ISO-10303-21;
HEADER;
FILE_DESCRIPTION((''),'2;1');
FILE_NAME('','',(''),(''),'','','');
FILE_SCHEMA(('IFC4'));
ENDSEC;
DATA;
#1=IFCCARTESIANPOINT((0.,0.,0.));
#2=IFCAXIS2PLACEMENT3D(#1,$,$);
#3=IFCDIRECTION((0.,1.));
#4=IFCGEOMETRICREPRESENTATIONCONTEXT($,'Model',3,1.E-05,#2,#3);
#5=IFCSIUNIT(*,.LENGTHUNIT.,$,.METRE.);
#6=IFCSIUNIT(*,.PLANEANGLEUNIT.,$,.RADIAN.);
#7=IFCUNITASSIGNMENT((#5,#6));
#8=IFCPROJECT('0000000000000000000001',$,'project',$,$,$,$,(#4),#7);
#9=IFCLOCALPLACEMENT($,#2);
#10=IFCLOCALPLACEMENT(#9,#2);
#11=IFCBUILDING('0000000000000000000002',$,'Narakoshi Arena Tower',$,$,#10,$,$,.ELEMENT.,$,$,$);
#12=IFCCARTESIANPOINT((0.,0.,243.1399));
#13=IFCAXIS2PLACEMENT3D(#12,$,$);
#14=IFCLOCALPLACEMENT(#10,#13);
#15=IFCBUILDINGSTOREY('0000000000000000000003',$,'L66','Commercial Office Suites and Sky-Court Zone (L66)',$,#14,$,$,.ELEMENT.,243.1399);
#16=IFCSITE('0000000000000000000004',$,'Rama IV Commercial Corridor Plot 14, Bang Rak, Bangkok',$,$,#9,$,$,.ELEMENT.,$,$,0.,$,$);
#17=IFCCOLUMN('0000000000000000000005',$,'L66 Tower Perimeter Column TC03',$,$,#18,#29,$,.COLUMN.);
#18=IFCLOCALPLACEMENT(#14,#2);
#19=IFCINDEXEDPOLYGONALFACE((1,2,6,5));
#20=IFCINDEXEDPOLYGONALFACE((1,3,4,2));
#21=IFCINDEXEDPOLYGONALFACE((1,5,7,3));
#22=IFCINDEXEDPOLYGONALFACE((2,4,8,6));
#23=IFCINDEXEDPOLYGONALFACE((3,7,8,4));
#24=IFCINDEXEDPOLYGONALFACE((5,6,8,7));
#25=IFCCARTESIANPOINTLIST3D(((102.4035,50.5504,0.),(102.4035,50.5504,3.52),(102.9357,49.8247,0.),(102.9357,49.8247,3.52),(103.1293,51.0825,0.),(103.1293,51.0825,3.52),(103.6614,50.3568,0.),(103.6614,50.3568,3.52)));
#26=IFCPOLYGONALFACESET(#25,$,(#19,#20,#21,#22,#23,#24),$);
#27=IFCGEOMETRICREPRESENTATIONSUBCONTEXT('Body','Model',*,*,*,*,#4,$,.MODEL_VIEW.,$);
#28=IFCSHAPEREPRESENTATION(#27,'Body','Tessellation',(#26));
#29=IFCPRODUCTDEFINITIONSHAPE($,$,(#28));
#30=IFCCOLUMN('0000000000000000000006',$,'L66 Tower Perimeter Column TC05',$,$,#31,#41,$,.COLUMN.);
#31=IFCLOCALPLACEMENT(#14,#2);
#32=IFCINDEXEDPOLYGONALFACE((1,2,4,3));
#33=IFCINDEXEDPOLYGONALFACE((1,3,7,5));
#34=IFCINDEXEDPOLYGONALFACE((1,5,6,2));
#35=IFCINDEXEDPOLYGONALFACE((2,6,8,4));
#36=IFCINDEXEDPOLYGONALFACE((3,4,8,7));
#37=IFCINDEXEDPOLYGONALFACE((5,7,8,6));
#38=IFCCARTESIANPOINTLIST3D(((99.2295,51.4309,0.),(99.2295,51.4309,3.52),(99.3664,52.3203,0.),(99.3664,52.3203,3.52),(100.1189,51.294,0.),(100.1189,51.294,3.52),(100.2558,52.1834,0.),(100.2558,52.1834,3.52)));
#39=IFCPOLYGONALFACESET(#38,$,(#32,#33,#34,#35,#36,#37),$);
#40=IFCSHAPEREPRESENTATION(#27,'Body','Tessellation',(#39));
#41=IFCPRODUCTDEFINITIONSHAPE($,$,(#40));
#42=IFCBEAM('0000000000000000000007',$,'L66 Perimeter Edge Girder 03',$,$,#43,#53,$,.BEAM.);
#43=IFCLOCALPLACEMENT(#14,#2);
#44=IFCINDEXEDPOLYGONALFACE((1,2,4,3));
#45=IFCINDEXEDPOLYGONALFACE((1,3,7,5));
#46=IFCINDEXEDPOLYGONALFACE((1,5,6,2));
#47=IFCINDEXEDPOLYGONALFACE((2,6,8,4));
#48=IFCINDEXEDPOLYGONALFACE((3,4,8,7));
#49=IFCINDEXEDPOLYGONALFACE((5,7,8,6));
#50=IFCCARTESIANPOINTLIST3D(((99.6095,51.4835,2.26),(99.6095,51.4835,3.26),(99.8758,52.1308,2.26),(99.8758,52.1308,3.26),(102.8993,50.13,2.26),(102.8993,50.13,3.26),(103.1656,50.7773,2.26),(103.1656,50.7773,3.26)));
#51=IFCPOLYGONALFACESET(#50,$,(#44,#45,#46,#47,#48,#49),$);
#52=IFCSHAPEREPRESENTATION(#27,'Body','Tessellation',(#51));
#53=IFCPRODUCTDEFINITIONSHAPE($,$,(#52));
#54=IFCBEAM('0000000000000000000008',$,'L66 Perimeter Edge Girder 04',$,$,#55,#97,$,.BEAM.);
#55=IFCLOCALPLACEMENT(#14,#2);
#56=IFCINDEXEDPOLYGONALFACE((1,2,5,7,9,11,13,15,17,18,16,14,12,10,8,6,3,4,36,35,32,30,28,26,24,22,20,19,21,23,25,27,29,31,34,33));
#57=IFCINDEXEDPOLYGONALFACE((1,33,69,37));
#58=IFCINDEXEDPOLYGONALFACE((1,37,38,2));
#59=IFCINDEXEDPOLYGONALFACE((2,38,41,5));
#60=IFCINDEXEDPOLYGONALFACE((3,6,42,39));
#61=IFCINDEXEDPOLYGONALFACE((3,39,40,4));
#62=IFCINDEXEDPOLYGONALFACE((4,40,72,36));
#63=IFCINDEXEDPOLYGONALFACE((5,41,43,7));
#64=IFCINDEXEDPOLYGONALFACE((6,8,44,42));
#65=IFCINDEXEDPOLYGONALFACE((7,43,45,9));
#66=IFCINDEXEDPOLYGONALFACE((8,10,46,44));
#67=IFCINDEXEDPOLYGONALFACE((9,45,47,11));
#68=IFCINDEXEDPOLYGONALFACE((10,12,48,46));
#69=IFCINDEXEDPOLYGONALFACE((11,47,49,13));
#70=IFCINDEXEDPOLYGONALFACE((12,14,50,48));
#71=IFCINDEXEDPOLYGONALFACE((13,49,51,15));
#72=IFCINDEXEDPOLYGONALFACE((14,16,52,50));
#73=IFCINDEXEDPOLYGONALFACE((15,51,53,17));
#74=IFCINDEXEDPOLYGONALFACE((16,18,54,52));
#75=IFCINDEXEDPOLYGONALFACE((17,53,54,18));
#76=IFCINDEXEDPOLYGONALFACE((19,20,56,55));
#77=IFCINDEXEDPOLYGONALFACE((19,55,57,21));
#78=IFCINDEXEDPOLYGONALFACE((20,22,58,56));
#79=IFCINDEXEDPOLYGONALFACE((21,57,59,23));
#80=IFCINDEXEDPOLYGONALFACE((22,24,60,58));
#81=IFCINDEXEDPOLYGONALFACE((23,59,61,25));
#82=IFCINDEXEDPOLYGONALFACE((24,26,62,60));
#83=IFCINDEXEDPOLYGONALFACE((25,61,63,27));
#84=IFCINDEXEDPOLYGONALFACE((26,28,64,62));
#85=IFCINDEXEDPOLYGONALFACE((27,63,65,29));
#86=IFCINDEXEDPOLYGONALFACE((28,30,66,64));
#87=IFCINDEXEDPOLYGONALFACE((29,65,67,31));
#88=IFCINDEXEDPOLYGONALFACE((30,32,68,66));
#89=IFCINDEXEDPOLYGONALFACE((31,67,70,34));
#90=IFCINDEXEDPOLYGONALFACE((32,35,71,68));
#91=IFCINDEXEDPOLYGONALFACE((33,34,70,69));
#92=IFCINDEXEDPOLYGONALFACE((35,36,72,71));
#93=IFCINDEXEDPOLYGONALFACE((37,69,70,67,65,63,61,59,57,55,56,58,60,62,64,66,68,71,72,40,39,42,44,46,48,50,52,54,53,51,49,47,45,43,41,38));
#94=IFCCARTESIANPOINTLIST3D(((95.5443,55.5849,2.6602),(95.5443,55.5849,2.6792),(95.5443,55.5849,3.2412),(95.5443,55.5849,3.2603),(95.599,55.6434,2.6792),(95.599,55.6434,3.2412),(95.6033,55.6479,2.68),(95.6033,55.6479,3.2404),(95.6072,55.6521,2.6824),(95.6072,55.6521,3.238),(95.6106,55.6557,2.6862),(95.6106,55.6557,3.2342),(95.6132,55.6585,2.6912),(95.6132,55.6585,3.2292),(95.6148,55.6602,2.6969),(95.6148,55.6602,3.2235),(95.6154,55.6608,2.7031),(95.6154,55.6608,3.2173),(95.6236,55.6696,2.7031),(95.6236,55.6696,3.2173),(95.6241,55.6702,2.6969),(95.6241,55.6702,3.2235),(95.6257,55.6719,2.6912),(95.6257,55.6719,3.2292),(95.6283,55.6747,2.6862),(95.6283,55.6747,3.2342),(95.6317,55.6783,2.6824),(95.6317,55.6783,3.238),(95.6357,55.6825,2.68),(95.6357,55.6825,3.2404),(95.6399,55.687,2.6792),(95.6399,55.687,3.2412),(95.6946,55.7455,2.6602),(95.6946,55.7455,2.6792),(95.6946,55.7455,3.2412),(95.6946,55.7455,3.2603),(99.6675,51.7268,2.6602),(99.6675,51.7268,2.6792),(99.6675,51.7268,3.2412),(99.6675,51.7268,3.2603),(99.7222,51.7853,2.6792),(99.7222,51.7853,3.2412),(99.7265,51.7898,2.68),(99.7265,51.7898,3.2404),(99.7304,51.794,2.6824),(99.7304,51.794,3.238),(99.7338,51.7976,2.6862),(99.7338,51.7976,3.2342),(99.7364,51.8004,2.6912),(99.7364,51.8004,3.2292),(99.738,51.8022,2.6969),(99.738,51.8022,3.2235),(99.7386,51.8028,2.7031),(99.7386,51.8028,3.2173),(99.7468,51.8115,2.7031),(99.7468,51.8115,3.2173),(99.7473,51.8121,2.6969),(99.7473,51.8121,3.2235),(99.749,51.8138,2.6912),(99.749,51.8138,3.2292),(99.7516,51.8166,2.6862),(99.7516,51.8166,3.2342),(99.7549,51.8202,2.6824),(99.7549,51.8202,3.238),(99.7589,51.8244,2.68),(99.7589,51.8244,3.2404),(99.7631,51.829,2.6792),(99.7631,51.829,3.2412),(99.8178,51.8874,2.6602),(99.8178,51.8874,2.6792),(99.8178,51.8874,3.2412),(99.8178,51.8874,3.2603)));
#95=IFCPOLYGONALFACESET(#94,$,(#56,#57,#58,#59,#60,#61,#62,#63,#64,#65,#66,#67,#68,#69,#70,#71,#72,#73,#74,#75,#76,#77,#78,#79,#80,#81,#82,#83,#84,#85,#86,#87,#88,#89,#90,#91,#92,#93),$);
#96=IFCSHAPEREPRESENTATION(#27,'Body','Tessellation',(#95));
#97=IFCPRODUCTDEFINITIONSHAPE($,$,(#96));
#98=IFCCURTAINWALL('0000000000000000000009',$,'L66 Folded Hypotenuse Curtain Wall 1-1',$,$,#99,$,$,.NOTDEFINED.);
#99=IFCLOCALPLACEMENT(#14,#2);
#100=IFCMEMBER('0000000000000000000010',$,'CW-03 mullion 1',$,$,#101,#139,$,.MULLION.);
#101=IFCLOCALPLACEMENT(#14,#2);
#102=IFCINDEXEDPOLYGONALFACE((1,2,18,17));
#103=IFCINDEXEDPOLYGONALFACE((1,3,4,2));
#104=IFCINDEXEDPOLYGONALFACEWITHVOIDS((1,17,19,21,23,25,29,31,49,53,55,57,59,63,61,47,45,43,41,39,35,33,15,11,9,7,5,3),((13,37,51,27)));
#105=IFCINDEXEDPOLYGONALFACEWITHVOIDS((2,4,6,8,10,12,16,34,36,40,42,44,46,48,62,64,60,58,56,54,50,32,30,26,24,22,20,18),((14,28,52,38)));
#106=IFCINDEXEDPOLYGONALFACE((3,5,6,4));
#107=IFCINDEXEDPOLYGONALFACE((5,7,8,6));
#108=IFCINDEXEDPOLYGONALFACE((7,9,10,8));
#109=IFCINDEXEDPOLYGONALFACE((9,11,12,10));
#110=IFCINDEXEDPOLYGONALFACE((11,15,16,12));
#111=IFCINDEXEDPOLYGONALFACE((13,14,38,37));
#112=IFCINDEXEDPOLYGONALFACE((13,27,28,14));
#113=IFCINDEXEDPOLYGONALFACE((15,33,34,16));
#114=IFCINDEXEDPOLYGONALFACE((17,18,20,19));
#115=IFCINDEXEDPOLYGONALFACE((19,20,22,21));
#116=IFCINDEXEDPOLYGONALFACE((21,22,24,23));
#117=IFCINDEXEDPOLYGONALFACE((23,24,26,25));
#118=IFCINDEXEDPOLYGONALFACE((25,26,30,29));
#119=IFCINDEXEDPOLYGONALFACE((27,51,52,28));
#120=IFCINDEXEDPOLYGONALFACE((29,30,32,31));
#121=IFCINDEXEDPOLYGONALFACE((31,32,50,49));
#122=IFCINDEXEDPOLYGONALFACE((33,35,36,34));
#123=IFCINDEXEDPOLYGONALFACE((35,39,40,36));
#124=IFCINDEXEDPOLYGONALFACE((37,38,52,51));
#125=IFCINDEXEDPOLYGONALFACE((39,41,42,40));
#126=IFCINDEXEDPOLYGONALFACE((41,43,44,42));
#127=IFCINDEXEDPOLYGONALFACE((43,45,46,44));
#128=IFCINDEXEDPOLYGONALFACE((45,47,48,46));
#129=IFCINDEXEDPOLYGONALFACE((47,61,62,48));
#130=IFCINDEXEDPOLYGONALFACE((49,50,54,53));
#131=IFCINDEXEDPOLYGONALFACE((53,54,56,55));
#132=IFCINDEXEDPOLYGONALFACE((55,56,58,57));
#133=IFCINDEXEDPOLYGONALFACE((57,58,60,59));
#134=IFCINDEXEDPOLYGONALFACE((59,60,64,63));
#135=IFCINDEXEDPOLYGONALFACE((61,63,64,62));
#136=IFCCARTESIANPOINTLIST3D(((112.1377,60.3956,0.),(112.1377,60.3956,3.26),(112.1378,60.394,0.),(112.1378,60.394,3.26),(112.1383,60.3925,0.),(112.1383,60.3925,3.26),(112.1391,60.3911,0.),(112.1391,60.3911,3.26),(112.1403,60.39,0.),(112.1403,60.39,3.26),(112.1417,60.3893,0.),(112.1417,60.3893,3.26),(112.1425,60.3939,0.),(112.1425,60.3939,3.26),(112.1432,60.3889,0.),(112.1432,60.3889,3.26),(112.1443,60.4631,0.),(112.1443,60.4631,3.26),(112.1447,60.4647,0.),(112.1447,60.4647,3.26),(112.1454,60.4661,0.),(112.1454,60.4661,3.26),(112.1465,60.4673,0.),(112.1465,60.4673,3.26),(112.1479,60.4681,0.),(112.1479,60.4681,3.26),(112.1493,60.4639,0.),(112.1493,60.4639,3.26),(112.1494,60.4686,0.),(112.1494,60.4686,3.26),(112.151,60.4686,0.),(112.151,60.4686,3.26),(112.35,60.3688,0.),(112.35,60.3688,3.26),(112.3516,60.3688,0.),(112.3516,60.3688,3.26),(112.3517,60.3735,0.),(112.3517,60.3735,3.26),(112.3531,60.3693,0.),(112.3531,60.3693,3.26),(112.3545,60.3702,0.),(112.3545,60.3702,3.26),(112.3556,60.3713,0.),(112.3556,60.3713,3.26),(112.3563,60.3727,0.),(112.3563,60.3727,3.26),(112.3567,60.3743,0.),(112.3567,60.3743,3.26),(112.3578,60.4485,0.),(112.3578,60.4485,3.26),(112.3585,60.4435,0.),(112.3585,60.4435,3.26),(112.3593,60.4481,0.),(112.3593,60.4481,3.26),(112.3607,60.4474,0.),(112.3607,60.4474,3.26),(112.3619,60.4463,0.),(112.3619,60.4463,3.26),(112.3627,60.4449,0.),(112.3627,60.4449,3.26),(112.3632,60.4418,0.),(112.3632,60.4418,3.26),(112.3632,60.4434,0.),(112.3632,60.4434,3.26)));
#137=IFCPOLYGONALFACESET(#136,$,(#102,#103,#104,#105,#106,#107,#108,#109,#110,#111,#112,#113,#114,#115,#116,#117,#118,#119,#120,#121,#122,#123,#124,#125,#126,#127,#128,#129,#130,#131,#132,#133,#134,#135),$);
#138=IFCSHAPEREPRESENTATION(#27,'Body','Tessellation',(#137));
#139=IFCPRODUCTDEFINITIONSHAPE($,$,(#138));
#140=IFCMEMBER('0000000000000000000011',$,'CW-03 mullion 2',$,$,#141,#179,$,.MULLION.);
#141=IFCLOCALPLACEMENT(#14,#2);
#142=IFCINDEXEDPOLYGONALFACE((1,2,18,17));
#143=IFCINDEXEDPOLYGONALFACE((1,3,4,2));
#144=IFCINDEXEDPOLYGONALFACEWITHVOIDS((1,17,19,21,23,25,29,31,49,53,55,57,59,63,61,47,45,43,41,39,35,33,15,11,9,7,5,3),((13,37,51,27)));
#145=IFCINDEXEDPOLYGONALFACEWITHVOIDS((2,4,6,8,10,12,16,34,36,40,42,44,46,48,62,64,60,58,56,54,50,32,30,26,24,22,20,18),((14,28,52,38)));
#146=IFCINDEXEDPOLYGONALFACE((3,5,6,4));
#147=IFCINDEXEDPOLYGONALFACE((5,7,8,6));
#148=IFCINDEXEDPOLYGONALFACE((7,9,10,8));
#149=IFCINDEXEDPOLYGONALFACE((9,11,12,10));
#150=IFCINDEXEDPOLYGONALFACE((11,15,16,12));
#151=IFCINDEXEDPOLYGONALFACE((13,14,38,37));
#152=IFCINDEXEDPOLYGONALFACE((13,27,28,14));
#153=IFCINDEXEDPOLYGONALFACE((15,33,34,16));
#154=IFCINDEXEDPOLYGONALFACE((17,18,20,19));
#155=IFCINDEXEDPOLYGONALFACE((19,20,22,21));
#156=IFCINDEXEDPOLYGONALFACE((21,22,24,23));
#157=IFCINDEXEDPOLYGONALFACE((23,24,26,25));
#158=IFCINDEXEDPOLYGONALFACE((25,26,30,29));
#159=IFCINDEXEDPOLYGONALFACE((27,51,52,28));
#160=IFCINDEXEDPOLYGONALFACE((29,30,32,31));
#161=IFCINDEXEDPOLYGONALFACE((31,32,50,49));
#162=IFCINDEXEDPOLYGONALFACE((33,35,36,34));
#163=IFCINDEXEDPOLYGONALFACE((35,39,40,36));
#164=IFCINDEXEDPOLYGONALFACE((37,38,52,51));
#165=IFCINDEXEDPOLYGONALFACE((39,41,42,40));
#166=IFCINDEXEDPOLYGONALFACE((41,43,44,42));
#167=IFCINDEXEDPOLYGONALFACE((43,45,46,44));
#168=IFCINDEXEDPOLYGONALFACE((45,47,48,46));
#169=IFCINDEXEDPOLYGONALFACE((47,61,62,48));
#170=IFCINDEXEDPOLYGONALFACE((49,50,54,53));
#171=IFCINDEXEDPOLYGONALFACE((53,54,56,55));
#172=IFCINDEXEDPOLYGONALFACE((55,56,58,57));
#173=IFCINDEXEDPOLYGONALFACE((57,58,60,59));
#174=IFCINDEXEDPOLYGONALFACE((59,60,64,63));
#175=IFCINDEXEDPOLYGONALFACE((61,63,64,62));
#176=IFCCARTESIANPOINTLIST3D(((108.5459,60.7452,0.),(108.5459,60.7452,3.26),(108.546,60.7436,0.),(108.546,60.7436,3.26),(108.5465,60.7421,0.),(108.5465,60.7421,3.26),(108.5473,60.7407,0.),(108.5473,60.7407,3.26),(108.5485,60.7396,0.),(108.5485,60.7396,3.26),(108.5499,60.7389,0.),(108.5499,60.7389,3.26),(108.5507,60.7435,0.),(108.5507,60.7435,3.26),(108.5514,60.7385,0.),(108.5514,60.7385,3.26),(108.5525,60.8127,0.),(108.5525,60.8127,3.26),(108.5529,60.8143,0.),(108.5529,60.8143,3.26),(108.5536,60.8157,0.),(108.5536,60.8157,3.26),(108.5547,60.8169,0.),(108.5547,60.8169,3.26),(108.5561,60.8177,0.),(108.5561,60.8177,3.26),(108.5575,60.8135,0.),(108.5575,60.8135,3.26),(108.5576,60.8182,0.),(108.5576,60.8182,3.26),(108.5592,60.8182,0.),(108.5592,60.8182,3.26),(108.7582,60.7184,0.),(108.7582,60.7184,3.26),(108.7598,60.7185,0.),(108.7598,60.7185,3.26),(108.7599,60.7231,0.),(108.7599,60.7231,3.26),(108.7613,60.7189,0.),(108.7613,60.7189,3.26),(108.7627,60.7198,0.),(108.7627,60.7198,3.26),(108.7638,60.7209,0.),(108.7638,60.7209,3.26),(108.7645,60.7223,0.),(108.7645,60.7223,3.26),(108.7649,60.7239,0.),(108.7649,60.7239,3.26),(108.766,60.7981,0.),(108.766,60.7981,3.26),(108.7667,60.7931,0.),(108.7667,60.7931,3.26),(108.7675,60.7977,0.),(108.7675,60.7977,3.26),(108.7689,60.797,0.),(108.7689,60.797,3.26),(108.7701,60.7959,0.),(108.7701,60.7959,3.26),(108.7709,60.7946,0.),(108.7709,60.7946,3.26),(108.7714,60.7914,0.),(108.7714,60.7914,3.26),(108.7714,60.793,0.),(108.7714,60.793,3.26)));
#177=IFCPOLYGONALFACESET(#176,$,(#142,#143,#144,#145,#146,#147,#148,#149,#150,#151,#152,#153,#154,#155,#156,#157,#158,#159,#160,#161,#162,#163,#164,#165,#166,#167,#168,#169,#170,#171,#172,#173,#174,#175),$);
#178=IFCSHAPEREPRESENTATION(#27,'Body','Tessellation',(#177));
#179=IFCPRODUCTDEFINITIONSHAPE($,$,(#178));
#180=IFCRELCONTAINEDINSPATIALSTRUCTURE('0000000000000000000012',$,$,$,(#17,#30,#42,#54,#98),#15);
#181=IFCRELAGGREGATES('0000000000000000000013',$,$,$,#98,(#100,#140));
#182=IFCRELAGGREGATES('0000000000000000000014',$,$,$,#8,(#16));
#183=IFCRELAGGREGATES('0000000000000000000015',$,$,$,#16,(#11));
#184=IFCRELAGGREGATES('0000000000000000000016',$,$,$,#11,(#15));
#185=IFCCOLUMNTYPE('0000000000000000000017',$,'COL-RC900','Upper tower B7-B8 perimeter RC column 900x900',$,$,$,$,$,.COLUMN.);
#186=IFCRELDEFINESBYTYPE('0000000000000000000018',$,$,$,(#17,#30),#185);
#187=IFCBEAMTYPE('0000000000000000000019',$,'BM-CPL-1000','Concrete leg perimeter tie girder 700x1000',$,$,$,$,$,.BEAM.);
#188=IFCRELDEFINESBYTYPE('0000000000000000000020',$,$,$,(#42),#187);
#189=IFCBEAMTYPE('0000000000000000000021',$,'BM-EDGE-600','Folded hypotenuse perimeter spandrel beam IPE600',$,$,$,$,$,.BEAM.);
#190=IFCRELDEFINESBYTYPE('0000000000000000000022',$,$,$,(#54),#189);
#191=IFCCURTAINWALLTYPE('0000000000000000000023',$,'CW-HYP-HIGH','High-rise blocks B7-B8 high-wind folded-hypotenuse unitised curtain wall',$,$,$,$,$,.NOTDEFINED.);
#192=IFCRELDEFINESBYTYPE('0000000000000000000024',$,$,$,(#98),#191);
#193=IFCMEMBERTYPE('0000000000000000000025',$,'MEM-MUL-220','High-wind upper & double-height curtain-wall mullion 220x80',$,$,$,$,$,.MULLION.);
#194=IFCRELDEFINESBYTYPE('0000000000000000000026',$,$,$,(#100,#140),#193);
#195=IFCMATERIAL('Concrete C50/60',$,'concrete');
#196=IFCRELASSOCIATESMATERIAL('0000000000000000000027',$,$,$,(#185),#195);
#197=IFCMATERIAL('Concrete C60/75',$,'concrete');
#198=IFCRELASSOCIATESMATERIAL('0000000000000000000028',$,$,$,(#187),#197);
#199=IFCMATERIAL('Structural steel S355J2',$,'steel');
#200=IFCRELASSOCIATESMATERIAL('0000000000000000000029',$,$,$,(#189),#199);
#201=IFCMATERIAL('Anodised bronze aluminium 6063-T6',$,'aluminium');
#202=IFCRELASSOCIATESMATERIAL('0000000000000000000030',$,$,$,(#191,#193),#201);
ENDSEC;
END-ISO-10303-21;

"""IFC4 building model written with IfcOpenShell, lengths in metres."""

from ifc_helpers import new_model, si_unit, direction, frame, origin, origin_2d, place, context, subcontext, project, spatial, rectangle, hollow_rectangle, i_section, extrude, material, material_profile, profile_set, type_object, element, aggregate, save


model = new_model("IFC4")

# Units and contexts
model_context = context("Model", 3, precision=1e-05, world=origin(), true_north=direction((0.0, 1.0)))
body_context = subcontext(model_context, "Body", "Model", "MODEL_VIEW")
ifc_project = project(units=[si_unit("LENGTHUNIT", "METRE"), si_unit("PLANEANGLEUNIT", "RADIAN")], contexts=[model_context])

# Site, building, storey
site_placement = place(None, origin())
site = spatial("IfcSite", under=ifc_project, at=site_placement, Name="Rama IV Commercial Corridor Plot 14, Bang Rak, Bangkok", CompositionType="ELEMENT", RefElevation=0.0)
building_placement = place(site_placement, origin())
building = spatial("IfcBuilding", under=site, at=building_placement, Name="Narakoshi Arena Tower", CompositionType="ELEMENT")
storey_placement = place(building_placement, frame((0.0, 0.0, 243.1399)))
storey = spatial("IfcBuildingStorey", under=building, at=storey_placement, Name="L66", Description="Commercial Office Suites and Sky-Court Zone (L66)", CompositionType="ELEMENT", Elevation=243.1399)

# Columns
ifc_material_1 = material(Name="Concrete C50/60", Category="concrete")
ifc_material_profile_1 = material_profile(ifc_material_1, rectangle(XDim=0.8999, YDim=0.8999, at=origin_2d()), Name="RC900x900")
ifc_profile_set_1 = profile_set([ifc_material_profile_1], Name="Concrete C50/60")
column_type = type_object("IfcColumnType", Name="COL-RC900", Description="Upper tower B7-B8 perimeter RC column 900x900", PredefinedType="COLUMN", material=ifc_profile_set_1)
for number, where, z_axis, x_axis, name in (
    (1, (103.0325, 50.4536, 0.0), (0.0, 0.0, 1.0), (0.806445, 0.59131, 0.0), "L66 Tower Perimeter Column TC03"),
    (2, (99.7427, 51.8071, 0.0), (0.0, 0.0, 1.0), (0.152123, 0.988362, 0.0), "L66 Tower Perimeter Column TC05"),
):
    element("IfcColumn", number, at=place(storey_placement, frame(where, z_axis=z_axis, x_axis=x_axis)), inside=storey, type_object=column_type, Name=name, PredefinedType="COLUMN", context=body_context, shape_type="SweptSolid", body=[
        extrude(rectangle(XDim=0.8999, YDim=0.8999, at=origin_2d()), origin(), (0.0, 0.0, 1.0), 3.52),
    ])

# Beams
ifc_material_2 = material(Name="Concrete C60/75", Category="concrete")
ifc_material_profile_2 = material_profile(ifc_material_2, rectangle(XDim=0.7, YDim=1.0, at=origin_2d()), Name="RCB700x1000")
ifc_profile_set_2 = profile_set([ifc_material_profile_2], Name="Concrete C60/75")
beam_type_1 = type_object("IfcBeamType", Name="BM-CPL-1000", Description="Concrete leg perimeter tie girder 700x1000", PredefinedType="BEAM", material=ifc_profile_set_2)
beam_1_placement = place(storey_placement, frame((103.0325, 50.4536, 2.76), z_axis=(-0.924788, 0.380484, 0.0), x_axis=(-0.380484, -0.924788, 0.0)))
element("IfcBeam", 3, at=beam_1_placement, inside=storey, type_object=beam_type_1, Name="L66 Perimeter Edge Girder 03", PredefinedType="BEAM", context=body_context, shape_type="SweptSolid", body=[
    extrude(rectangle(XDim=0.7, YDim=1.0, at=origin_2d()), origin(), (0.0, 0.0, 1.0), 3.5574),
])
ifc_material_3 = material(Name="Structural steel S355J2", Category="steel")
ifc_material_profile_3 = material_profile(ifc_material_3, i_section(OverallWidth=0.22, OverallDepth=0.6001, WebThickness=0.012, FlangeThickness=0.019, FilletRadius=0.0239, at=origin_2d()), Name="IPE600")
ifc_profile_set_3 = profile_set([ifc_material_profile_3], Name="Structural steel S355J2")
beam_type_2 = type_object("IfcBeamType", Name="BM-EDGE-600", Description="Folded hypotenuse perimeter spandrel beam IPE600", PredefinedType="BEAM", material=ifc_profile_set_3)
beam_2_placement = place(storey_placement, frame((99.7427, 51.8071, 2.9602), z_axis=(-0.730193, 0.68324, 0.0), x_axis=(-0.68324, -0.730193, 0.0)))
element("IfcBeam", 4, at=beam_2_placement, inside=storey, type_object=beam_type_2, Name="L66 Perimeter Edge Girder 04", PredefinedType="BEAM", context=body_context, shape_type="SweptSolid", body=[
    extrude(i_section(OverallWidth=0.22, OverallDepth=0.6001, WebThickness=0.012, FlangeThickness=0.019, FilletRadius=0.0239, at=origin_2d()), origin(), (0.0, 0.0, 1.0), 5.6467),
])

# Curtain wall, members
ifc_material_4 = material(Name="Anodised bronze aluminium 6063-T6", Category="aluminium")
curtain_wall_type = type_object("IfcCurtainWallType", Name="CW-HYP-HIGH", Description="High-rise blocks B7-B8 high-wind folded-hypotenuse unitised curtain wall", PredefinedType="NOTDEFINED", material=ifc_material_4)
curtain_wall_placement = place(storey_placement, origin())
curtain_wall = element("IfcCurtainWall", 5, at=curtain_wall_placement, inside=storey, type_object=curtain_wall_type, Name="L66 Folded Hypotenuse Curtain Wall 1-1", PredefinedType="NOTDEFINED")
ifc_material_profile_4 = material_profile(ifc_material_4, hollow_rectangle(XDim=0.0801, YDim=0.22, WallThickness=0.0049, OuterFilletRadius=0.0061, at=origin_2d()), Name="MUL220x80x5")
ifc_profile_set_4 = profile_set([ifc_material_profile_4], Name="Anodised bronze aluminium 6063-T6")
member_type_1 = type_object("IfcMemberType", Name="MEM-MUL-220", Description="High-wind upper & double-height curtain-wall mullion 220x80", PredefinedType="MULLION", material=ifc_profile_set_4)
member_1_placement = place(storey_placement, frame((112.2505, 60.4187, 0.0), z_axis=(0.0, 0.0, 1.0), x_axis=(-0.096851, -0.995299, 0.0)))
member_1 = element("IfcMember", 6, at=member_1_placement, type_object=member_type_1, Name="CW-03 mullion 1", PredefinedType="MULLION", context=body_context, shape_type="SweptSolid", body=[
    extrude(hollow_rectangle(XDim=0.0801, YDim=0.22, WallThickness=0.0049, OuterFilletRadius=0.0061, at=origin_2d()), origin(), (0.0, 0.0, 1.0), 3.26),
])
member_2_placement = place(storey_placement, frame((108.6587, 60.7683, 0.0), z_axis=(0.0, 0.0, 1.0), x_axis=(-0.096851, -0.995299, 0.0)))
member_2 = element("IfcMember", 7, at=member_2_placement, type_object=member_type_1, Name="CW-03 mullion 2", PredefinedType="MULLION", context=body_context, shape_type="SweptSolid", body=[
    extrude(hollow_rectangle(XDim=0.0801, YDim=0.22, WallThickness=0.0049, OuterFilletRadius=0.0061, at=origin_2d()), origin(), (0.0, 0.0, 1.0), 3.26),
])
aggregate(curtain_wall, [member_1, member_2])

save(model, "model.ifc")
